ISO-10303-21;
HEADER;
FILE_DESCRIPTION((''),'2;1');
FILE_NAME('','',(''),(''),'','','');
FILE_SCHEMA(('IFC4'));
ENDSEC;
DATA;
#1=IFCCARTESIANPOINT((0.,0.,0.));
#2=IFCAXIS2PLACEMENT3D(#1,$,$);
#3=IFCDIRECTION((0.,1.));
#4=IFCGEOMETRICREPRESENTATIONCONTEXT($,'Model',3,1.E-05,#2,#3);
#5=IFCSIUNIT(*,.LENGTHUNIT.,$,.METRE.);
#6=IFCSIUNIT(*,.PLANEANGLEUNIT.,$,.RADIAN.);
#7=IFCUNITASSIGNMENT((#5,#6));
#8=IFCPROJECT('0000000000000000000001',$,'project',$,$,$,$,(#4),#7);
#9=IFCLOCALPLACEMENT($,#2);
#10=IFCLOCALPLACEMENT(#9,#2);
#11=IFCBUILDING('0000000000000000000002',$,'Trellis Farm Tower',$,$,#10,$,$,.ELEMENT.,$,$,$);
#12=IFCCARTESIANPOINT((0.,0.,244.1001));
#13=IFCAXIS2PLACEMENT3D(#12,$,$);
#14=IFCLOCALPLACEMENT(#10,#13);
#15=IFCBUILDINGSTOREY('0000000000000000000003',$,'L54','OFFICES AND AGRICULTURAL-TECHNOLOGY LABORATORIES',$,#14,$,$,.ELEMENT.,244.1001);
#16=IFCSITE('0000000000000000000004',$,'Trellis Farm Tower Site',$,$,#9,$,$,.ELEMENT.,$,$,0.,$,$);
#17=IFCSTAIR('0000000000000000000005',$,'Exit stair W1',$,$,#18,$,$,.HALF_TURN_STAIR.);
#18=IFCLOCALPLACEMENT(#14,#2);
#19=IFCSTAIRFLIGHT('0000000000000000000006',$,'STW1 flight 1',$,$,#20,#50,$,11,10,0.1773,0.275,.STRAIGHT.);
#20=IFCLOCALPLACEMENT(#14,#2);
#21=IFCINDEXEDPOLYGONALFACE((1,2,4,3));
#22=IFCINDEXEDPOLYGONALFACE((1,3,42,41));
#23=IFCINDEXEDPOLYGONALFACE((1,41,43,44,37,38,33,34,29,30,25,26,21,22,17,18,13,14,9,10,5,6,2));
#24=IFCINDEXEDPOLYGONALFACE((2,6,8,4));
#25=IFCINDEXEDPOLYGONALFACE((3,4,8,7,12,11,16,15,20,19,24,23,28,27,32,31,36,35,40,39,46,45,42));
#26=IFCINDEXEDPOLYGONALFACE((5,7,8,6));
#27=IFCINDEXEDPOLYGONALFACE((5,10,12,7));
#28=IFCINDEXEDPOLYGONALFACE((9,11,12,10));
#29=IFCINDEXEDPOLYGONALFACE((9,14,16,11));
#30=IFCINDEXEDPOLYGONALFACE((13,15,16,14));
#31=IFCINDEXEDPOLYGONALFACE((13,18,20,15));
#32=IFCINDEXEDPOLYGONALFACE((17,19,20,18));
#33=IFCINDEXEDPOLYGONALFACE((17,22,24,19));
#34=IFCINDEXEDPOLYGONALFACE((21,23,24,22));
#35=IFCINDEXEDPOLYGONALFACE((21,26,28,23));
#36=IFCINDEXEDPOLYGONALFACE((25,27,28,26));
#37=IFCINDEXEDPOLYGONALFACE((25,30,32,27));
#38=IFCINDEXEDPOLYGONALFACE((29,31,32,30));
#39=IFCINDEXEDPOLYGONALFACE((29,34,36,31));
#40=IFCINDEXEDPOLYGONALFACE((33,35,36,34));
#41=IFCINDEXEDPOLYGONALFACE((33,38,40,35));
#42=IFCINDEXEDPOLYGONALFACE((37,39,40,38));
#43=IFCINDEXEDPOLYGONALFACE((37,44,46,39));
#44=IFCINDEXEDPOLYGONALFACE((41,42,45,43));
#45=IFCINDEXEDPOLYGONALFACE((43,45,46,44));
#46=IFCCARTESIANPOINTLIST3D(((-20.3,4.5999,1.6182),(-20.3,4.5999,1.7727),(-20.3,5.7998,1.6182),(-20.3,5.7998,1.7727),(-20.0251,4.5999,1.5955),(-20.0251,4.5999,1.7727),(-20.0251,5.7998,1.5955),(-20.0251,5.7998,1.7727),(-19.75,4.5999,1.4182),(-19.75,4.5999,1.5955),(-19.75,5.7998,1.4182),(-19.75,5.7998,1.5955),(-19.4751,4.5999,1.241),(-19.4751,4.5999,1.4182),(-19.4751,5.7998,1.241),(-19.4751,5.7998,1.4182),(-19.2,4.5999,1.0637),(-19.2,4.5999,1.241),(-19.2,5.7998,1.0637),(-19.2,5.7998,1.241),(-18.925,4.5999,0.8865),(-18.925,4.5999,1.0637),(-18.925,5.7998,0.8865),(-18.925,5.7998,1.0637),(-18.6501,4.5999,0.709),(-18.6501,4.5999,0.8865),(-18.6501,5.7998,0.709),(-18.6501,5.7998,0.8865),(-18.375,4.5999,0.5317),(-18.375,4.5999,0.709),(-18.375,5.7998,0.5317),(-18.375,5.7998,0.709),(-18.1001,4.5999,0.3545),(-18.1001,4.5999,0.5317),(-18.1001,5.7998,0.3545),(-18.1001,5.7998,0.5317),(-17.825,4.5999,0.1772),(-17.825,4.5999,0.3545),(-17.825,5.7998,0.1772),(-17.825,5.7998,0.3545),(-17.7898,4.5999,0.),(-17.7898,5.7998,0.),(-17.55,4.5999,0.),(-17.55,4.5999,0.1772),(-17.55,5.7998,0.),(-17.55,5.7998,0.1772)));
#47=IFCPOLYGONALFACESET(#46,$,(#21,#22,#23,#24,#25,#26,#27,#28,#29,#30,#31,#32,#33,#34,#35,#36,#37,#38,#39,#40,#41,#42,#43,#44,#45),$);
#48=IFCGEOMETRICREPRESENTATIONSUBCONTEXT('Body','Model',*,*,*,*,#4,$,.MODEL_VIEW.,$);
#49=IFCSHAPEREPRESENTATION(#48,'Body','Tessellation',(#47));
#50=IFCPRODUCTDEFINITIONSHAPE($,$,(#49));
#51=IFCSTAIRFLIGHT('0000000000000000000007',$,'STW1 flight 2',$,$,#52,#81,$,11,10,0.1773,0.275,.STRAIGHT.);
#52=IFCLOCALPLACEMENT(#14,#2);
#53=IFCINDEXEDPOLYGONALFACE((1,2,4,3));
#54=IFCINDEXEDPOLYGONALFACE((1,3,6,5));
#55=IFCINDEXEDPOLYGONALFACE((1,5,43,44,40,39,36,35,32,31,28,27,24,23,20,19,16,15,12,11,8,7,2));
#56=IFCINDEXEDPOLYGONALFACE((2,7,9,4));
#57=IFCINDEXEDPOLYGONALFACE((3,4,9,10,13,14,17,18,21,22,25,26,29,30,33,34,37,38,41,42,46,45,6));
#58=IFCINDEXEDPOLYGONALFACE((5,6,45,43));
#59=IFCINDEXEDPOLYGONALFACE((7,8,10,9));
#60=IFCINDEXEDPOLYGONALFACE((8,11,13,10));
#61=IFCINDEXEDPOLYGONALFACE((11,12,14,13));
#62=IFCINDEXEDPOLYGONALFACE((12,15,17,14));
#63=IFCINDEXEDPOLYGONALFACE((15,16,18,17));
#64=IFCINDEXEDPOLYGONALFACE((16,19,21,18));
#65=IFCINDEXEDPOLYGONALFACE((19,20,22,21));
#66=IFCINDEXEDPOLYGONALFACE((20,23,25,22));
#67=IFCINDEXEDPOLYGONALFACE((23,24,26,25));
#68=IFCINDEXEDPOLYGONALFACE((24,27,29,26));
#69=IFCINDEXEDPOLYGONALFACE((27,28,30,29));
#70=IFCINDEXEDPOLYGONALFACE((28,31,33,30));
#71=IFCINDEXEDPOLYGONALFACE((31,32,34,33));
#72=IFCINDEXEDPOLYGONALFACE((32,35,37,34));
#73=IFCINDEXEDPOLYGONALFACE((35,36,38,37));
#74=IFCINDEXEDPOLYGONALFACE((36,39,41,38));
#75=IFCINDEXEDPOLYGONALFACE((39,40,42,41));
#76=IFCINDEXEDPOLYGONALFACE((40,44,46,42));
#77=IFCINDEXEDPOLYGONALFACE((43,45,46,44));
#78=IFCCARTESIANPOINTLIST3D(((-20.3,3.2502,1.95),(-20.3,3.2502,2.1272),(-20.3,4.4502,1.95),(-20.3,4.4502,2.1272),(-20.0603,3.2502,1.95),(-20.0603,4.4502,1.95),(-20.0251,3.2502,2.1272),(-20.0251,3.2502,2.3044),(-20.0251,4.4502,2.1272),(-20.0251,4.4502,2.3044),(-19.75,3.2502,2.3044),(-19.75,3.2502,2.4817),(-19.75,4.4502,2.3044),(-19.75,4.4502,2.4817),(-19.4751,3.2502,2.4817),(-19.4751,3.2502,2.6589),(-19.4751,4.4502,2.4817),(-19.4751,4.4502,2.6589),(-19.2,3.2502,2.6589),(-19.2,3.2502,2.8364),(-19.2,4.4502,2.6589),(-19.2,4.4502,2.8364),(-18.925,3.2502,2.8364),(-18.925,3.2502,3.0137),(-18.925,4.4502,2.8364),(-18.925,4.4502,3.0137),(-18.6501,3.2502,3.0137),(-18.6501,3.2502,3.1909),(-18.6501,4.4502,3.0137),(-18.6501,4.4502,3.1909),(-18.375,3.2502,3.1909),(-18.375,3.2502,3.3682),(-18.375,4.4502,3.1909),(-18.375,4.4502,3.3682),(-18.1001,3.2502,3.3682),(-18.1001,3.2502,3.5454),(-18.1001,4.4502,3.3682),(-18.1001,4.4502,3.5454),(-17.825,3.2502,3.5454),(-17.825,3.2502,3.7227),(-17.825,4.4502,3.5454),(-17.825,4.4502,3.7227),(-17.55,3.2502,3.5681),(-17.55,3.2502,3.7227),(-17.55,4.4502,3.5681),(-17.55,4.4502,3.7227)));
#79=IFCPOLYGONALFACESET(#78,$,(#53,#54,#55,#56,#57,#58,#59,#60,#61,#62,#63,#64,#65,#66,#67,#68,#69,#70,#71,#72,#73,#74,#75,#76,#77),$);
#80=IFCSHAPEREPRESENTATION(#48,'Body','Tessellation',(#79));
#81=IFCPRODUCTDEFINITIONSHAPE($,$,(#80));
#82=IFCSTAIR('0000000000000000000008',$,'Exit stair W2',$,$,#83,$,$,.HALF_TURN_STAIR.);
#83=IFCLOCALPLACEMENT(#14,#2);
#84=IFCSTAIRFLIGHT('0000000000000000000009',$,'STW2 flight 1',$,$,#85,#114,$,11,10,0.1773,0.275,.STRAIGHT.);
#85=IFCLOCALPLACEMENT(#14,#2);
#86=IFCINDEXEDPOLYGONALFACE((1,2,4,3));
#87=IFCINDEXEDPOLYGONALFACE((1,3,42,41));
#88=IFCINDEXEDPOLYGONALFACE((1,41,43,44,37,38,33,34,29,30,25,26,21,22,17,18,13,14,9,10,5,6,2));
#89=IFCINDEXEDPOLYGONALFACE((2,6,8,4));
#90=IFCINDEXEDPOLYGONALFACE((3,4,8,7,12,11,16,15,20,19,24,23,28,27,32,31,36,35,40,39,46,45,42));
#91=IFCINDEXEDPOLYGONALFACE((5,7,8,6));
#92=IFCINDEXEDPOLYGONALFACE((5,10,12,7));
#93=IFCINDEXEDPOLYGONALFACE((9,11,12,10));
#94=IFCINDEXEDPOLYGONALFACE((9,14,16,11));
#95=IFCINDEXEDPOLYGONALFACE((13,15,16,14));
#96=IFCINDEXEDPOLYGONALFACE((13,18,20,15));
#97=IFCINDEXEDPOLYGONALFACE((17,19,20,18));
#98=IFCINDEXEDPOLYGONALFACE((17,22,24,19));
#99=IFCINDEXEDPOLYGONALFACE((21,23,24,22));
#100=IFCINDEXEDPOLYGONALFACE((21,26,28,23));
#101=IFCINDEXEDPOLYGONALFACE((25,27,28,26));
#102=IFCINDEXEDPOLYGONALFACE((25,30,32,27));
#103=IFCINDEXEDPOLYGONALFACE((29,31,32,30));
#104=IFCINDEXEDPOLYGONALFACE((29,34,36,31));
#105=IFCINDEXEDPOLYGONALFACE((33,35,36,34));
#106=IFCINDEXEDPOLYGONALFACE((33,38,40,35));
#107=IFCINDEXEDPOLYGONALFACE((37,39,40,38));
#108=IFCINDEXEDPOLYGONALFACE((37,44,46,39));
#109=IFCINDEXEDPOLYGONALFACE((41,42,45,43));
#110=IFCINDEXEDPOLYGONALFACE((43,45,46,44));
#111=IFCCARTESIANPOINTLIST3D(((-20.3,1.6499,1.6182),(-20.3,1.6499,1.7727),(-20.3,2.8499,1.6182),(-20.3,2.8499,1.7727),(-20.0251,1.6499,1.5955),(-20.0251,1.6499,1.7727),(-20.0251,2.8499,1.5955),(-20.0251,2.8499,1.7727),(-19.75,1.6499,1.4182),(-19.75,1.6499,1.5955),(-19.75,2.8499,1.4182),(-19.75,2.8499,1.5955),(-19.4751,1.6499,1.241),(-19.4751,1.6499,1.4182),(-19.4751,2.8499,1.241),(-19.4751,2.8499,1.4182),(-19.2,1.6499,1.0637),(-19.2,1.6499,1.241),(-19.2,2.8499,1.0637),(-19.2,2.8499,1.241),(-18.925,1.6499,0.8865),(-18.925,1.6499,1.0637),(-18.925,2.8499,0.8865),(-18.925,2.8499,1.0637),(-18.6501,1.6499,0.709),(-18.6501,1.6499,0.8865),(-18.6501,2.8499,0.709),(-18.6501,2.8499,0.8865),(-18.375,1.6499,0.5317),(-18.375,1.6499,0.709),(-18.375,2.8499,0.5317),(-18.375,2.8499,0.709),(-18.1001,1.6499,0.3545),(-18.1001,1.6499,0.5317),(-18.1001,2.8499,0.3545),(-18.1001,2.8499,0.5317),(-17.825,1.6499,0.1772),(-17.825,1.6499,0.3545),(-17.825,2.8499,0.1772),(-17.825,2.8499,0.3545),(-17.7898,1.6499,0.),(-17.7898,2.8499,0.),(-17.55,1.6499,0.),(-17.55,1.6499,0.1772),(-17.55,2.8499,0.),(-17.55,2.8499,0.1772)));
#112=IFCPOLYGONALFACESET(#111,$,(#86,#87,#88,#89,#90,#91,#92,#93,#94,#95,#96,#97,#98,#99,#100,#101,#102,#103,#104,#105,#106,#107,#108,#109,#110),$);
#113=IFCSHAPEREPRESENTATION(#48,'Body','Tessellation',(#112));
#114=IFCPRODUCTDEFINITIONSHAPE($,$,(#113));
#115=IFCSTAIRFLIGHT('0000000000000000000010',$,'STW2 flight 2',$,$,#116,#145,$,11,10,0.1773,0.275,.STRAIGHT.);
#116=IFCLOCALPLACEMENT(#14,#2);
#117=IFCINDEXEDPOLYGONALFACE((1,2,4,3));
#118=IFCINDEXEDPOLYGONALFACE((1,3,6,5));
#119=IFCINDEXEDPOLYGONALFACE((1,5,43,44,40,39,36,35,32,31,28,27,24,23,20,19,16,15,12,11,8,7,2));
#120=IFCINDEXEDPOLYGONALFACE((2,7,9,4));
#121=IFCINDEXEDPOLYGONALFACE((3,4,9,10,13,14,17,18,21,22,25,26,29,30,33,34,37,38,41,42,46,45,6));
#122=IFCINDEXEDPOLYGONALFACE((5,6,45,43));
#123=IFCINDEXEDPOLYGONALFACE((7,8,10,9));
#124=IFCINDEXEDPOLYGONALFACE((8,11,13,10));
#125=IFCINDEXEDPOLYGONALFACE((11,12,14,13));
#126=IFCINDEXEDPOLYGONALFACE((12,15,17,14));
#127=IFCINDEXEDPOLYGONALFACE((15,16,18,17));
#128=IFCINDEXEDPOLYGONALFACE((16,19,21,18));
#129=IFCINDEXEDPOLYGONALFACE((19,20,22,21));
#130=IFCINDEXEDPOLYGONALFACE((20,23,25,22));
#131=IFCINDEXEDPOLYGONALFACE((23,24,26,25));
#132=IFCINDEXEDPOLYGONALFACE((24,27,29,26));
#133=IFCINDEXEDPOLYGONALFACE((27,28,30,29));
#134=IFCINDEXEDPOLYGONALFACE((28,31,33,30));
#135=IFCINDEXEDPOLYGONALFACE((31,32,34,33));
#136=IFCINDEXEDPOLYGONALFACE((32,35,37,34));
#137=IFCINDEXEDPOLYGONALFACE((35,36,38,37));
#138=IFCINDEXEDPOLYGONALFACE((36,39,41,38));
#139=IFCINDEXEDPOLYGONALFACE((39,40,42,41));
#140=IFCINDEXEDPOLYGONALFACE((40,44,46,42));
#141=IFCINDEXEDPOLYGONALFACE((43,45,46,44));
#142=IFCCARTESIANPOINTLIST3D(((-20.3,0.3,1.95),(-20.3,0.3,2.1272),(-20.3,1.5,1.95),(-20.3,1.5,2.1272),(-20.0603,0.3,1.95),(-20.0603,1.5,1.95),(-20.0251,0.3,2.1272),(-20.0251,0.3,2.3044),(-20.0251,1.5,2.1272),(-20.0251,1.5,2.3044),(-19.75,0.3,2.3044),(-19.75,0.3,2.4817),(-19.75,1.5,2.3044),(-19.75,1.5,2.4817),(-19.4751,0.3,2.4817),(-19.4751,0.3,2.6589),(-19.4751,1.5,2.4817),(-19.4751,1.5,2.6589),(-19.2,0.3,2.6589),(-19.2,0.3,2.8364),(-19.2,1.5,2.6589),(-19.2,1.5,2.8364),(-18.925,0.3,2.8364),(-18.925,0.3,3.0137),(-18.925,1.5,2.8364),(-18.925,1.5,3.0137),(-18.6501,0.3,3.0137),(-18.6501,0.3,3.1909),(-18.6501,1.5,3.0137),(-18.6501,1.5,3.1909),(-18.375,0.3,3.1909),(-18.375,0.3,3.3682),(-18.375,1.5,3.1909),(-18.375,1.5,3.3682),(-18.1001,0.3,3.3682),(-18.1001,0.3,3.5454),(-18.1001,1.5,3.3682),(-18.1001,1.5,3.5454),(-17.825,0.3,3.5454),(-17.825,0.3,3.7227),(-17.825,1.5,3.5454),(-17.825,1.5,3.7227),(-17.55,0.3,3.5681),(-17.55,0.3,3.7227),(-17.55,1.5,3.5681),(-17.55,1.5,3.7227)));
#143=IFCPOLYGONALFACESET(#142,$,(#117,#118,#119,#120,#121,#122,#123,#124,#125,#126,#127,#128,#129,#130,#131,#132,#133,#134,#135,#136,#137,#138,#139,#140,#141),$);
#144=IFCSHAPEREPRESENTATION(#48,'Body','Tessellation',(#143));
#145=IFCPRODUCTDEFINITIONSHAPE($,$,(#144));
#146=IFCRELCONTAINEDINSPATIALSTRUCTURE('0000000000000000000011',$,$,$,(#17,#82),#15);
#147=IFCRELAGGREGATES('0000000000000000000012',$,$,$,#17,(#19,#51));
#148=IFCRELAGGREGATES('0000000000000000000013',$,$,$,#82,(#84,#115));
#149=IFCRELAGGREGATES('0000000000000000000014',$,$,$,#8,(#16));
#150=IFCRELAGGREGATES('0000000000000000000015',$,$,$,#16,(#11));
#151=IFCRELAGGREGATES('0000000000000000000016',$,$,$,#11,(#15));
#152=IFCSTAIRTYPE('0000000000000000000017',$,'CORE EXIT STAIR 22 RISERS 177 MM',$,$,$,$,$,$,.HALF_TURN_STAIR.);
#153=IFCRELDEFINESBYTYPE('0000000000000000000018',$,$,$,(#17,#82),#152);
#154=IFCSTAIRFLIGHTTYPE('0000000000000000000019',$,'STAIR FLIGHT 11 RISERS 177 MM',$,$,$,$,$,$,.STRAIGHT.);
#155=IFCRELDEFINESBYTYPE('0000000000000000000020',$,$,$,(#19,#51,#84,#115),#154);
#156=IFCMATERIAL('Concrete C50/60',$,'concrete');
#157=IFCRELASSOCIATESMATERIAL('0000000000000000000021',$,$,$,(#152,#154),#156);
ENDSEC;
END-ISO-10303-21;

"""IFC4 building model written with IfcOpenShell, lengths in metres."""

from ifc_helpers import new_model, si_unit, direction, frame, origin, place, context, subcontext, project, spatial, polyline, outline, extrude, source, transform, mapped, material, type_object, element, aggregate, save


model = new_model("IFC4")

# Units and contexts
model_context = context("Model", 3, precision=1e-05, world=origin(), true_north=direction((0.0, 1.0)))
body_context = subcontext(model_context, "Body", "Model", "MODEL_VIEW")
ifc_project = project(units=[si_unit("LENGTHUNIT", "METRE"), si_unit("PLANEANGLEUNIT", "RADIAN")], contexts=[model_context])

# Site, building, storey
site_placement = place(None, origin())
site = spatial("IfcSite", under=ifc_project, at=site_placement, Name="Trellis Farm Tower Site", CompositionType="ELEMENT", RefElevation=0.0)
building_placement = place(site_placement, origin())
building = spatial("IfcBuilding", under=site, at=building_placement, Name="Trellis Farm Tower", CompositionType="ELEMENT")
storey_placement = place(building_placement, frame((0.0, 0.0, 244.1001)))
storey = spatial("IfcBuildingStorey", under=building, at=storey_placement, Name="L54", Description="OFFICES AND AGRICULTURAL-TECHNOLOGY LABORATORIES", CompositionType="ELEMENT", Elevation=244.1001)

# Shared definitions
placement = place(storey_placement, origin())

# Stairs, stair flights
ifc_material_1 = material(Name="Concrete C50/60", Category="concrete")
stair_type = type_object("IfcStairType", Name="CORE EXIT STAIR 22 RISERS 177 MM", PredefinedType="HALF_TURN_STAIR", material=ifc_material_1)
stair_1 = element("IfcStair", 1, at=placement, inside=storey, type_object=stair_type, Name="Exit stair W1", PredefinedType="HALF_TURN_STAIR")
stair_flight_type = type_object("IfcStairFlightType", Name="STAIR FLIGHT 11 RISERS 177 MM", PredefinedType="STRAIGHT", material=ifc_material_1)
shared_shape_1 = source(origin(), body_context, "Body", "SweptSolid", [
    extrude(outline(polyline([(0.0, 0.0), (0.0, 0.1772), (0.2749, 0.1772), (0.2749, 0.3545), (0.55, 0.3545), (0.55, 0.5317), (0.825, 0.5317), (0.825, 0.709), (1.1001, 0.709), (1.1001, 0.8865), (1.375, 0.8865), (1.375, 1.0637), (1.6499, 1.0637), (1.6499, 1.241), (1.925, 1.241), (1.925, 1.4182), (2.2, 1.4182), (2.2, 1.5955), (2.4751, 1.5955), (2.4751, 1.7727), (2.75, 1.7727), (2.75, 1.95), (2.75, 1.6182), (0.2397, 0.0), (0.0, 0.0)])), frame((0.0, 0.6001, 0.0), z_axis=(0.0, -1.0, 0.0), x_axis=(1.0, 0.0, 0.0)), (0.0, 0.0, 1.0), 1.2),
])
stair_flight_1_placement = place(storey_placement, frame((-17.55, 5.2, 0.0), z_axis=(0.0, 0.0, 1.0), x_axis=(-1.0, 0.0, 0.0)))
stair_flight_1 = element("IfcStairFlight", 2, at=stair_flight_1_placement, type_object=stair_flight_type, Name="STW1 flight 1", NumberOfRisers=11, NumberOfTreads=10, PredefinedType="STRAIGHT", RiserHeight=0.1773, TreadLength=0.275, context=body_context, shape_type="MappedRepresentation", body=[
    mapped(shared_shape_1, transform((0.0, 0.0, 0.0))),
])
stair_flight_2_placement = place(storey_placement, frame((-20.3, 3.8501, 1.95), z_axis=(0.0, 0.0, 1.0), x_axis=(1.0, 0.0, 0.0)))
stair_flight_2 = element("IfcStairFlight", 3, at=stair_flight_2_placement, type_object=stair_flight_type, Name="STW1 flight 2", NumberOfRisers=11, NumberOfTreads=10, PredefinedType="STRAIGHT", RiserHeight=0.1773, TreadLength=0.275, context=body_context, shape_type="MappedRepresentation", body=[
    mapped(shared_shape_1, transform((0.0, 0.0, 0.0))),
])
aggregate(stair_1, [stair_flight_1, stair_flight_2])
stair_2 = element("IfcStair", 4, at=placement, inside=storey, type_object=stair_type, Name="Exit stair W2", PredefinedType="HALF_TURN_STAIR")
stair_flight_3_placement = place(storey_placement, frame((-17.55, 2.25, 0.0), z_axis=(0.0, 0.0, 1.0), x_axis=(-1.0, 0.0, 0.0)))
stair_flight_3 = element("IfcStairFlight", 5, at=stair_flight_3_placement, type_object=stair_flight_type, Name="STW2 flight 1", NumberOfRisers=11, NumberOfTreads=10, PredefinedType="STRAIGHT", RiserHeight=0.1773, TreadLength=0.275, context=body_context, shape_type="MappedRepresentation", body=[
    mapped(shared_shape_1, transform((0.0, 0.0, 0.0))),
])
stair_flight_4_placement = place(storey_placement, frame((-20.3, 0.8999, 1.95), z_axis=(0.0, 0.0, 1.0), x_axis=(1.0, 0.0, 0.0)))
stair_flight_4 = element("IfcStairFlight", 6, at=stair_flight_4_placement, type_object=stair_flight_type, Name="STW2 flight 2", NumberOfRisers=11, NumberOfTreads=10, PredefinedType="STRAIGHT", RiserHeight=0.1773, TreadLength=0.275, context=body_context, shape_type="MappedRepresentation", body=[
    mapped(shared_shape_1, transform((0.0, 0.0, 0.0))),
])
aggregate(stair_2, [stair_flight_3, stair_flight_4])

save(model, "model.ifc")
